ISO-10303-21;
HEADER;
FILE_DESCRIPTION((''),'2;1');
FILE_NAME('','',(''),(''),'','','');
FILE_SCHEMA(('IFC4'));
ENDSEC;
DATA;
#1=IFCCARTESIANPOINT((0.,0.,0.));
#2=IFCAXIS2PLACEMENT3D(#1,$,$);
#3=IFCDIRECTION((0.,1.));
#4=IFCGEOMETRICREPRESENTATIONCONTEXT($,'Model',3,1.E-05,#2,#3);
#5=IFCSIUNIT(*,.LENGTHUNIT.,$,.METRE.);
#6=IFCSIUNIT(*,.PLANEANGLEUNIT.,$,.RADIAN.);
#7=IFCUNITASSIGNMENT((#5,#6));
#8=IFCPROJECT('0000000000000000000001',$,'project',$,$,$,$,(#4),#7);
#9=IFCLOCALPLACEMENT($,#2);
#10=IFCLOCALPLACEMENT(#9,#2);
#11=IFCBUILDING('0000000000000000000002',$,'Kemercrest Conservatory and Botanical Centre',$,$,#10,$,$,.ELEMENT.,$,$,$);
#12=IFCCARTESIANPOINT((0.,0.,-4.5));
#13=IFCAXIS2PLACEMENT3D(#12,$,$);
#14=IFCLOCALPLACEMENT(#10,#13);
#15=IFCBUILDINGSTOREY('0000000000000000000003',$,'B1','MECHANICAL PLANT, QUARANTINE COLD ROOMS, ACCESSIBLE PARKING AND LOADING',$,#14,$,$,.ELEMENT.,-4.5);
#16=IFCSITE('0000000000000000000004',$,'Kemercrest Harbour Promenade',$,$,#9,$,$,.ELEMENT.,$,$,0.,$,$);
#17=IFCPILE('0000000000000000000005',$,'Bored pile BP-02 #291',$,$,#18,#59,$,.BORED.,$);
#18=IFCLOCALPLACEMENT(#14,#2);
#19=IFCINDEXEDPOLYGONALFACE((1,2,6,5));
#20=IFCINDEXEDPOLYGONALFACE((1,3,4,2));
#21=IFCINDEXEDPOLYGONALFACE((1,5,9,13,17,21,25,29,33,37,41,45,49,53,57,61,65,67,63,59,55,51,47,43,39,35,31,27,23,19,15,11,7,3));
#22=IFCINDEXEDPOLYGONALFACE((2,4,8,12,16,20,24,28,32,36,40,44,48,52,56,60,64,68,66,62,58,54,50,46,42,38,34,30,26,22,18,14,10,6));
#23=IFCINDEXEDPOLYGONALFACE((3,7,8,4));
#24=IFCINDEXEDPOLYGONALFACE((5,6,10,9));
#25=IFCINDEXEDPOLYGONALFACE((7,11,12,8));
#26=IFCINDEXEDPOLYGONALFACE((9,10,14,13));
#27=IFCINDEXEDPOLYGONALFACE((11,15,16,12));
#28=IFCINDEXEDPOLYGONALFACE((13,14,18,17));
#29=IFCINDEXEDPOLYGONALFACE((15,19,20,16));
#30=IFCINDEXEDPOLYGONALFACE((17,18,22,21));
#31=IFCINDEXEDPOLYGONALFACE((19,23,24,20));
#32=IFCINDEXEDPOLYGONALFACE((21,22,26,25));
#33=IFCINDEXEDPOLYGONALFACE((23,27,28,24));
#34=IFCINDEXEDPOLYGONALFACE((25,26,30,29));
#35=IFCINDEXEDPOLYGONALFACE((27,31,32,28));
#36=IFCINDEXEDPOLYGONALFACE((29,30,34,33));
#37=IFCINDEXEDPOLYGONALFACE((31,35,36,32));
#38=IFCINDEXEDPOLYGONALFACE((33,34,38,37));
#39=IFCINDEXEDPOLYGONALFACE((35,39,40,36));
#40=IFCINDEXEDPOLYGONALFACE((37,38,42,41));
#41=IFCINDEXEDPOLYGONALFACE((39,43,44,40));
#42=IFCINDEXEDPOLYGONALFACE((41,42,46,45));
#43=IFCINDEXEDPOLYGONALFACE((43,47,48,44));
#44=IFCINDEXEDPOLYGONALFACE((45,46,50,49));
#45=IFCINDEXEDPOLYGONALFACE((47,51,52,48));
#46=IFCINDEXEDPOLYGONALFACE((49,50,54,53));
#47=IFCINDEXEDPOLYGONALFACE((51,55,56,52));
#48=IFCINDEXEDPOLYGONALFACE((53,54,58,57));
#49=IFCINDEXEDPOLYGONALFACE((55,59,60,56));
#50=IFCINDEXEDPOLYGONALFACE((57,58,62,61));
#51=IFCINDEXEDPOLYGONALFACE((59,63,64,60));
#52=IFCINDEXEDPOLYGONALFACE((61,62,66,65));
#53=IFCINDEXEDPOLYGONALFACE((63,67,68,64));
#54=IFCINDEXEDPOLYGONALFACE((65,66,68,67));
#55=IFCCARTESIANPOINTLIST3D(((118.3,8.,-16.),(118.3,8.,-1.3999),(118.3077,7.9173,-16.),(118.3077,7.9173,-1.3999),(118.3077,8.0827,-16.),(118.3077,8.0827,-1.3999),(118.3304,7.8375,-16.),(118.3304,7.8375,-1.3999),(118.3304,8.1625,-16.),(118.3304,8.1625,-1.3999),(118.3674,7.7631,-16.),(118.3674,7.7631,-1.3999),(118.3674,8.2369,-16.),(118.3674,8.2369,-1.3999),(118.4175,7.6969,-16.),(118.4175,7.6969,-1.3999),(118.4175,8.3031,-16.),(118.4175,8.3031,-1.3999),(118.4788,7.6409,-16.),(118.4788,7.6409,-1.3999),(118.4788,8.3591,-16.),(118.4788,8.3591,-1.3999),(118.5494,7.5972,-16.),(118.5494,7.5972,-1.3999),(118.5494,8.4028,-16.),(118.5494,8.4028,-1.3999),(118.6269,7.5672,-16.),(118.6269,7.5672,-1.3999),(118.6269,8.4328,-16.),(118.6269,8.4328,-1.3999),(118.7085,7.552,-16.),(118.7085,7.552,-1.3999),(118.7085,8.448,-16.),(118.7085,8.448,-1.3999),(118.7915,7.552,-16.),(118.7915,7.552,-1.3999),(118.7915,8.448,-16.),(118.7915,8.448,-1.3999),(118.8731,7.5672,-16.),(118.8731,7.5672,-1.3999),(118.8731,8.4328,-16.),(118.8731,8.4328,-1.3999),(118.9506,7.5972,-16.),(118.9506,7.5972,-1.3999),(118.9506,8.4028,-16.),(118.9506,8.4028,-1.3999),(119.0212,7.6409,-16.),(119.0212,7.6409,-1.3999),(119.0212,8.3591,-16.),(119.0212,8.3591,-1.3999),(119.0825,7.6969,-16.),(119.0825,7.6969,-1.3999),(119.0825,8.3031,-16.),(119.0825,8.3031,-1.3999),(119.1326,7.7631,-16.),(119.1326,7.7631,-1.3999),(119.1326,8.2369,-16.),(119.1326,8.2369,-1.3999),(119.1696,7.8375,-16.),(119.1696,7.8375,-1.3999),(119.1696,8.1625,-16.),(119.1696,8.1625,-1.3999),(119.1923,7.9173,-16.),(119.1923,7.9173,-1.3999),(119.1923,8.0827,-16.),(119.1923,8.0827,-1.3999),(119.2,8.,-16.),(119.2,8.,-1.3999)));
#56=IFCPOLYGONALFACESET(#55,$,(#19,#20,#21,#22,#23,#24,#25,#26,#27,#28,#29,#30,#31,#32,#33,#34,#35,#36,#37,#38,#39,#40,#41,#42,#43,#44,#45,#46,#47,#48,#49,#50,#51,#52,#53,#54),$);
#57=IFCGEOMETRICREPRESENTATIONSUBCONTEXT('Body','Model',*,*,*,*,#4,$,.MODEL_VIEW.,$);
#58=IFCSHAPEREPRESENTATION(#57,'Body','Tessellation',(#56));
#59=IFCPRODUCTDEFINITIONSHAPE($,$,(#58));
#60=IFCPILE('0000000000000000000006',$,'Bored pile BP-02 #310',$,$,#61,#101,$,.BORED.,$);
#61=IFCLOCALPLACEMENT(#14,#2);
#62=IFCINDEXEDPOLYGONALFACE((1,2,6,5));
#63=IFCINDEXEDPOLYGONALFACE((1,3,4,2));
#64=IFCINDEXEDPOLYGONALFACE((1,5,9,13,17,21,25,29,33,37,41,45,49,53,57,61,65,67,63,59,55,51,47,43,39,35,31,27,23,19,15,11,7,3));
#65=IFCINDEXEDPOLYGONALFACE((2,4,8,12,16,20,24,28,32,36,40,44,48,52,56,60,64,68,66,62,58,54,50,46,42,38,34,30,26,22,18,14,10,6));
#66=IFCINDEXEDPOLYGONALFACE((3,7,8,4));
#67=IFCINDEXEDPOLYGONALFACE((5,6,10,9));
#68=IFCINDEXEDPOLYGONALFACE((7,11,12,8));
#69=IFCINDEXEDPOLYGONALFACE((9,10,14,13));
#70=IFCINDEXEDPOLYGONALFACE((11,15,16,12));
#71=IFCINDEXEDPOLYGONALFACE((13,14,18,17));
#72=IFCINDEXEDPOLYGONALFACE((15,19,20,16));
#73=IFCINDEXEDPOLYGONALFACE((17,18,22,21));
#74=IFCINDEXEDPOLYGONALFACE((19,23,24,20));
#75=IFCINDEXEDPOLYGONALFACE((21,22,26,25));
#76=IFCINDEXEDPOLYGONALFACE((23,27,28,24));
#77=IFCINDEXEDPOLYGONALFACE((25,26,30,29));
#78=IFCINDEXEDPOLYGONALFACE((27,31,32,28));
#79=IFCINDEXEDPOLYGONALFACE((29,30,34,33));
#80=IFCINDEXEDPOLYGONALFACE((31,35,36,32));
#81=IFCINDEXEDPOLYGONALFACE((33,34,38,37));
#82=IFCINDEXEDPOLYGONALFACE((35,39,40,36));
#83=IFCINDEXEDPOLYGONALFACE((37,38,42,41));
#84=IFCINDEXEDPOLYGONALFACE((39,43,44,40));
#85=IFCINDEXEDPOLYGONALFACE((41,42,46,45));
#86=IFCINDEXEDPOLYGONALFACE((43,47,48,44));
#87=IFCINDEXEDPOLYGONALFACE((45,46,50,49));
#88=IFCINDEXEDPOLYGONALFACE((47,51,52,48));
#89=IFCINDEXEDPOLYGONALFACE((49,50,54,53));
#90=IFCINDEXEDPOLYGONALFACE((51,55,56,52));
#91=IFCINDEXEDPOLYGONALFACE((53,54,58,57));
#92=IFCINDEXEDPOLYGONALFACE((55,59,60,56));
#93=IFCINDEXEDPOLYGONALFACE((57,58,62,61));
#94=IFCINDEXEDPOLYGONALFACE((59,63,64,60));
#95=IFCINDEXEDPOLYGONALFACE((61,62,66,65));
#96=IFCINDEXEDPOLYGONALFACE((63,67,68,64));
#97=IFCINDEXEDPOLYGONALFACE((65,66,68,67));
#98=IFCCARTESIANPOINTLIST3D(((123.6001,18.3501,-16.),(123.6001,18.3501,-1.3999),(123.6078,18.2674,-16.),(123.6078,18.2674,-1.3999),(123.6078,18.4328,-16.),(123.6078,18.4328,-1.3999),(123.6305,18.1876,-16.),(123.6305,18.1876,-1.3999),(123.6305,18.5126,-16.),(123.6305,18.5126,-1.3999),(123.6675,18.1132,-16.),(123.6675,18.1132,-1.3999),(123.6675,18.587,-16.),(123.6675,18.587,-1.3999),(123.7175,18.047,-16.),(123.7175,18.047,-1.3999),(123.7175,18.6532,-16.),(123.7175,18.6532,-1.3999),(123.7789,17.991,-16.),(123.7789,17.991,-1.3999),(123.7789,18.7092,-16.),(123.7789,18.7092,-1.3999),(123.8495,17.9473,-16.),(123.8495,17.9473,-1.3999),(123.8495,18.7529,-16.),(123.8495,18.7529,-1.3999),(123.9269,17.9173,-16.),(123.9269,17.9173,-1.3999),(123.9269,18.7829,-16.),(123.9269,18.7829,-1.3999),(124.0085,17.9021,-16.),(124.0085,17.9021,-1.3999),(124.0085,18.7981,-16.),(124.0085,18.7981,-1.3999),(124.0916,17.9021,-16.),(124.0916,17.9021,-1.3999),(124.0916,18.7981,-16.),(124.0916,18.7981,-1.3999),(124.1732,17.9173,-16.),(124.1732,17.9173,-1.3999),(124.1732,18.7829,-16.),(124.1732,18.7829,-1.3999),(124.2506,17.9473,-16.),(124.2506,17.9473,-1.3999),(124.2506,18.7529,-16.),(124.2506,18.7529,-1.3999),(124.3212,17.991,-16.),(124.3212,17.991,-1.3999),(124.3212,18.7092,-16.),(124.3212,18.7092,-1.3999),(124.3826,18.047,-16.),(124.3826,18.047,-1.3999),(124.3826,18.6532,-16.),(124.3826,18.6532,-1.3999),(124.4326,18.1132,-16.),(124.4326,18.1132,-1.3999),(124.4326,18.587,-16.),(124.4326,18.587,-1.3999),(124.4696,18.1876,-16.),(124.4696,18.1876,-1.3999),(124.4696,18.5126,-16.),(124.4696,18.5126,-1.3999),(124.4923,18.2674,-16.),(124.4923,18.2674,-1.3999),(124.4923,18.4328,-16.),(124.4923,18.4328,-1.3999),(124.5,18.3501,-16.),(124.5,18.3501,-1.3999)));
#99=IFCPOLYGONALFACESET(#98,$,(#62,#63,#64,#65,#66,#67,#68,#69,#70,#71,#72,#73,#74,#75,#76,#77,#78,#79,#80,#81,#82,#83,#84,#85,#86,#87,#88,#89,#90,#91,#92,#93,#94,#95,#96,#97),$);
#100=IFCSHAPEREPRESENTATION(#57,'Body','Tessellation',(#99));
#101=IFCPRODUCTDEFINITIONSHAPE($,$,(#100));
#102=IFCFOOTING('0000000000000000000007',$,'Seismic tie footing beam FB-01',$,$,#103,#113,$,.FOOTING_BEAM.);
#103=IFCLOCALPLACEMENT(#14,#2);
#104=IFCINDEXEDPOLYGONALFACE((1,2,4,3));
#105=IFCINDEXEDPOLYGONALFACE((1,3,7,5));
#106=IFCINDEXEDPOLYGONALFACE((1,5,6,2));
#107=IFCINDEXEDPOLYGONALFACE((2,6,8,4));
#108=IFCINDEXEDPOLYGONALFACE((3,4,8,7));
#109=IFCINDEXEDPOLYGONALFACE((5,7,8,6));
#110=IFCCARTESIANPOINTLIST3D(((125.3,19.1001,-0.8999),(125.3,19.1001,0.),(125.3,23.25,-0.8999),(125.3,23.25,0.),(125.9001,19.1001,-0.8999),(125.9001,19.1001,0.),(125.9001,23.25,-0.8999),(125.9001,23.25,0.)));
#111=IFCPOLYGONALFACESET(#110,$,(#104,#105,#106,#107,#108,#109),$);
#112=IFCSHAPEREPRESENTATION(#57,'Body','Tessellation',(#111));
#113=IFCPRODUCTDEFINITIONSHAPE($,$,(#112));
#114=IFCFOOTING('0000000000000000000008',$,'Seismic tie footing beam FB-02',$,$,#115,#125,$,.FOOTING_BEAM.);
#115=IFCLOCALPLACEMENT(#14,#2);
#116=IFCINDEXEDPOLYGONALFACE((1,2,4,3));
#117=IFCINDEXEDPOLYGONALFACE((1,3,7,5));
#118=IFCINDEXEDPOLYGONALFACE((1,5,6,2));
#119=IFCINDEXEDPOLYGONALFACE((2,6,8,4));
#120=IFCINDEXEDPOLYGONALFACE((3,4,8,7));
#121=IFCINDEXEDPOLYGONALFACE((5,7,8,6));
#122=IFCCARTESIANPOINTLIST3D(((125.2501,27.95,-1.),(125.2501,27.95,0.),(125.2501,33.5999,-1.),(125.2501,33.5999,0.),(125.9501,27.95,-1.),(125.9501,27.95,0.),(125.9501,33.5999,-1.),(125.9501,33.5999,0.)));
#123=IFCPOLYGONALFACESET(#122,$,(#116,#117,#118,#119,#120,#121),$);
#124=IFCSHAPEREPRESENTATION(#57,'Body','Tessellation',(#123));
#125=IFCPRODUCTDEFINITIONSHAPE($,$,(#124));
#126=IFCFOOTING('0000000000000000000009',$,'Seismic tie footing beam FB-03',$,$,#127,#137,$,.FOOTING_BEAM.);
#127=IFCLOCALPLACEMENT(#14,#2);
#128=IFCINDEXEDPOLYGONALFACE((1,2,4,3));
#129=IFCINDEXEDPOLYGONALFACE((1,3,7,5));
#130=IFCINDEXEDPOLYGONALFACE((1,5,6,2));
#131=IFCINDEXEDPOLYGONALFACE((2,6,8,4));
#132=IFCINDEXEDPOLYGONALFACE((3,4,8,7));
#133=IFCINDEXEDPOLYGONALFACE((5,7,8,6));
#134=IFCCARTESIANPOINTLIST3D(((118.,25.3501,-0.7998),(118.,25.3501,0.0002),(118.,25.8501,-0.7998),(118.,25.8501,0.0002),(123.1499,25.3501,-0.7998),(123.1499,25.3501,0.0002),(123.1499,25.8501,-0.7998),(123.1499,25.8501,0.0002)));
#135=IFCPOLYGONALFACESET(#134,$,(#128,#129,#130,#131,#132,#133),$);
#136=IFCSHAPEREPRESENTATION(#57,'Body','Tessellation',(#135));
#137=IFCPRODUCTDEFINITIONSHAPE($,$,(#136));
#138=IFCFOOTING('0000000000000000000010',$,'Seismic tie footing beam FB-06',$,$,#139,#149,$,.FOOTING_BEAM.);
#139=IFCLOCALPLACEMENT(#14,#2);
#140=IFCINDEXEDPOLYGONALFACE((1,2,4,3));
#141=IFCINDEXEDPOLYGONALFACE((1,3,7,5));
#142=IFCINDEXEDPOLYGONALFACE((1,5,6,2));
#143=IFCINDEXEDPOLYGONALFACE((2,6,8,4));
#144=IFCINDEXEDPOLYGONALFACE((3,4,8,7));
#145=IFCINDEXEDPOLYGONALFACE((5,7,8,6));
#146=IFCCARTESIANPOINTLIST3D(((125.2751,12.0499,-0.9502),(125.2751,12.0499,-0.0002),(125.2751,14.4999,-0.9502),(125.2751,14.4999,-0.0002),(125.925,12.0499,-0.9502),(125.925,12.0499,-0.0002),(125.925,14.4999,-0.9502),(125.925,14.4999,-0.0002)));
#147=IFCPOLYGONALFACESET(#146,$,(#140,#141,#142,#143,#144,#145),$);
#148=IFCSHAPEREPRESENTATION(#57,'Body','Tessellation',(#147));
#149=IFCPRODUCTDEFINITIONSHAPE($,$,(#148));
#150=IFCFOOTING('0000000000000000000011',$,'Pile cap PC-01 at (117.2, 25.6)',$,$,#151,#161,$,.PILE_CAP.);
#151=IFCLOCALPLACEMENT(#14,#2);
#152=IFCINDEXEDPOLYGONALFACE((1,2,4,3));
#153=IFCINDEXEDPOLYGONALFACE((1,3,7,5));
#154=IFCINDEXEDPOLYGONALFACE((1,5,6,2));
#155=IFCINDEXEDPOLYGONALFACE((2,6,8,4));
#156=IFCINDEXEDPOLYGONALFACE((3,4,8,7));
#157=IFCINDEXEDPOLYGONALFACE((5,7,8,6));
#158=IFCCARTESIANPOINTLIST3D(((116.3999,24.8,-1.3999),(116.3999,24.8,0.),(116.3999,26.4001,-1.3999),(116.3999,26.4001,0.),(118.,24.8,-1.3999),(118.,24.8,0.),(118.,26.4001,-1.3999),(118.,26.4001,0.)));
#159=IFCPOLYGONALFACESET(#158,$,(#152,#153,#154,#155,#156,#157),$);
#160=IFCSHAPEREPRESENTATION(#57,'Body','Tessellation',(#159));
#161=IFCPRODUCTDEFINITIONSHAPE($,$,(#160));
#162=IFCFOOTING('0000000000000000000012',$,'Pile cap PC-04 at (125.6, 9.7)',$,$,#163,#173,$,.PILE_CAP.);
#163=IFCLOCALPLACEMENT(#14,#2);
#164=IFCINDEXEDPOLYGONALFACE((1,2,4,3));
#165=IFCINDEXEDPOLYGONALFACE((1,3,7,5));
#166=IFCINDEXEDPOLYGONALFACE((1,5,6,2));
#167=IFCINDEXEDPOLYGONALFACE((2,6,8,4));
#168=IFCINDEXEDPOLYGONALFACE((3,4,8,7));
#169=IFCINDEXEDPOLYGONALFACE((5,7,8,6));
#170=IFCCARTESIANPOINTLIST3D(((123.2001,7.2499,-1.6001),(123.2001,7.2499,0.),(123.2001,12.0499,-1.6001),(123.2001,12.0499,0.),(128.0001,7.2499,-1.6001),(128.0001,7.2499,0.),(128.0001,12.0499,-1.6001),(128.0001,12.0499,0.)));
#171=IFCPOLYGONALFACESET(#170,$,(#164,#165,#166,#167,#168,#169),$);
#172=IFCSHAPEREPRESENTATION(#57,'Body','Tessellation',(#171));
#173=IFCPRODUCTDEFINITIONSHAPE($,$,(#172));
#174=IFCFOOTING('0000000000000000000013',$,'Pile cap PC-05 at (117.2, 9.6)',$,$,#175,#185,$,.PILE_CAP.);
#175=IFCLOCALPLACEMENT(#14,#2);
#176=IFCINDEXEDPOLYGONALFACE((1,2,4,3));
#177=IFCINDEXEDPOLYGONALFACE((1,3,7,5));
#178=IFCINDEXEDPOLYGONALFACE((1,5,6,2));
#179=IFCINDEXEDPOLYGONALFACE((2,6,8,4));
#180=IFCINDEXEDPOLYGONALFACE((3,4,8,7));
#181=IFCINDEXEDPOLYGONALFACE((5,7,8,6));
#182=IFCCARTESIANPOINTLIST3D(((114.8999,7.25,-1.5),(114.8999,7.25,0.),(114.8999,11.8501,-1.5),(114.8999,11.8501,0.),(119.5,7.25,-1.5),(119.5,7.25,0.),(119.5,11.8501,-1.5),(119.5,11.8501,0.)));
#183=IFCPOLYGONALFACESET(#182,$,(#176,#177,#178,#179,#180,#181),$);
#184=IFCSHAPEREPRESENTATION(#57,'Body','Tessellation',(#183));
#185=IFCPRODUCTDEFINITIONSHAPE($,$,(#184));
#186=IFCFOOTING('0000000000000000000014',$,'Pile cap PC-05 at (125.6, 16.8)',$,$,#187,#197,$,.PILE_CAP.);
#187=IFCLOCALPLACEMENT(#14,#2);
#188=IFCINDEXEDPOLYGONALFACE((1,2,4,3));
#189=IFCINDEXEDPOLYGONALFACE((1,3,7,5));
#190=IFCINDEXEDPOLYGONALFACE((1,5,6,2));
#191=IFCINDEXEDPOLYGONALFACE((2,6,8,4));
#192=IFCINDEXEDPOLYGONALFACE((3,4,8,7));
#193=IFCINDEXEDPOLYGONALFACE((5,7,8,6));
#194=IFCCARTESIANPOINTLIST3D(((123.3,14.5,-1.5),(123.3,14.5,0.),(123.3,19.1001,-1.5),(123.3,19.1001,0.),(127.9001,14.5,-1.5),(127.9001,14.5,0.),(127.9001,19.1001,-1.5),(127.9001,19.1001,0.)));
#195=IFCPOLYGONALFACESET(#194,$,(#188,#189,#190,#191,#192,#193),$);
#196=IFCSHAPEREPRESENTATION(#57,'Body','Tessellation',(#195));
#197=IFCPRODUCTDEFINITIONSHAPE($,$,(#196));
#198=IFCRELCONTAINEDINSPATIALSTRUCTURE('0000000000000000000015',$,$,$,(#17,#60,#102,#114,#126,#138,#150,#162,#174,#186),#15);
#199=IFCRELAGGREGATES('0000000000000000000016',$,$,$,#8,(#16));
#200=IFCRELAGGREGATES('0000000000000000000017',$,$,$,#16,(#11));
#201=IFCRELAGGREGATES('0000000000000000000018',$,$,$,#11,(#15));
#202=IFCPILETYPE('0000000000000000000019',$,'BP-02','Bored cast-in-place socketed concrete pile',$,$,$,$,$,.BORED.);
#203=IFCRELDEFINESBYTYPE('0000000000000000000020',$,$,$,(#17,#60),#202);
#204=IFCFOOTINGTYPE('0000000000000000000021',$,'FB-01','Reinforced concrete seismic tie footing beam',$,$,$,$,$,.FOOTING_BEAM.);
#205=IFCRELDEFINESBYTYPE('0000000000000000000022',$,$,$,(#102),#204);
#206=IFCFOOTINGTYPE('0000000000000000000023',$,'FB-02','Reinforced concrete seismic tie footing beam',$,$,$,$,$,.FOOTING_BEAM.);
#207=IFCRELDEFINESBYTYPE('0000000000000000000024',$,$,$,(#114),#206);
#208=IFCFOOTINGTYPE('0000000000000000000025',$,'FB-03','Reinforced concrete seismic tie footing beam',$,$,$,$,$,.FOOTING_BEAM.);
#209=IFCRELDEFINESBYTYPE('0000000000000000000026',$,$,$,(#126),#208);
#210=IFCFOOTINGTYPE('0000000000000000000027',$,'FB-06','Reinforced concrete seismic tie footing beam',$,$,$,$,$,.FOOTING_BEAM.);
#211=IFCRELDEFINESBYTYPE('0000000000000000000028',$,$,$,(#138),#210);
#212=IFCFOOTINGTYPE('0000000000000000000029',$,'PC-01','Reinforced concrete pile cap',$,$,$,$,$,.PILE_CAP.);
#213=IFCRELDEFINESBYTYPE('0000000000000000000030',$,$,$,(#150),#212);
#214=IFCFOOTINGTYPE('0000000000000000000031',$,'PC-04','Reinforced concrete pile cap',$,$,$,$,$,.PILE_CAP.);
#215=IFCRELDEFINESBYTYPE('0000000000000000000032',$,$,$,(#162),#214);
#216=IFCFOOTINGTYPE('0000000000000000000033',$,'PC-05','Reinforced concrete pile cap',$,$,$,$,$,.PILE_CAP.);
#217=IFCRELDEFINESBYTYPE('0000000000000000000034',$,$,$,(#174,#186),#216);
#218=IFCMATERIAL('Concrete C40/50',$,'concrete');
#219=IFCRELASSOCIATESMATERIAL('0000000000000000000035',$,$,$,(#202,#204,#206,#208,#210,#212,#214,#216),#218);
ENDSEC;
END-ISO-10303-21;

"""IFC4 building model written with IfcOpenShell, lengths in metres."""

from ifc_helpers import new_model, si_unit, direction, frame, origin, origin_2d, place, context, subcontext, project, spatial, rectangle, circle, extrude, material, material_profile, profile_set, type_object, element, save


model = new_model("IFC4")

# Units and contexts
model_context = context("Model", 3, precision=1e-05, world=origin(), true_north=direction((0.0, 1.0)))
body_context = subcontext(model_context, "Body", "Model", "MODEL_VIEW")
ifc_project = project(units=[si_unit("LENGTHUNIT", "METRE"), si_unit("PLANEANGLEUNIT", "RADIAN")], contexts=[model_context])

# Site, building, storey
site_placement = place(None, origin())
site = spatial("IfcSite", under=ifc_project, at=site_placement, Name="Kemercrest Harbour Promenade", CompositionType="ELEMENT", RefElevation=0.0)
building_placement = place(site_placement, origin())
building = spatial("IfcBuilding", under=site, at=building_placement, Name="Kemercrest Conservatory and Botanical Centre", CompositionType="ELEMENT")
storey_placement = place(building_placement, frame((0.0, 0.0, -4.5)))
storey = spatial("IfcBuildingStorey", under=building, at=storey_placement, Name="B1", Description="MECHANICAL PLANT, QUARANTINE COLD ROOMS, ACCESSIBLE PARKING AND LOADING", CompositionType="ELEMENT", Elevation=-4.5)

# Piles
ifc_material_1 = material(Name="Concrete C40/50", Category="concrete")
ifc_material_profile_1 = material_profile(ifc_material_1, circle(Radius=0.45, at=origin_2d()), Name="BORED PILE 900")
ifc_profile_set_1 = profile_set([ifc_material_profile_1], Name="Concrete C40/50")
pile_type_1 = type_object("IfcPileType", Name="BP-02", Description="Bored cast-in-place socketed concrete pile", PredefinedType="BORED", material=ifc_profile_set_1)
for number, where, z_axis, x_axis, name in (
    (1, (118.75, 8.0, -1.3999), (0.0, 0.0, -1.0), (1.0, 0.0, 0.0), "Bored pile BP-02 #291"),
    (2, (124.05, 18.3501, -1.3999), (0.0, 0.0, -1.0), (1.0, 0.0, 0.0), "Bored pile BP-02 #310"),
):
    element("IfcPile", number, at=place(storey_placement, frame(where, z_axis=z_axis, x_axis=x_axis)), inside=storey, type_object=pile_type_1, Name=name, PredefinedType="BORED", context=body_context, shape_type="SweptSolid", body=[
        extrude(circle(Radius=0.45, at=origin_2d()), origin(), (0.0, 0.0, 1.0), 14.6001),
    ])

# Footings
footing_type_1 = type_object("IfcFootingType", Name="FB-01", Description="Reinforced concrete seismic tie footing beam", PredefinedType="FOOTING_BEAM", material=ifc_material_1)
footing_1_placement = place(storey_placement, frame((125.6001, 21.175, -0.8999), z_axis=(0.0, 0.0, 1.0), x_axis=(1.0, 0.0, 0.0)))
element("IfcFooting", 3, at=footing_1_placement, inside=storey, type_object=footing_type_1, Name="Seismic tie footing beam FB-01", PredefinedType="FOOTING_BEAM", context=body_context, shape_type="SweptSolid", body=[
    extrude(rectangle(XDim=0.6001, YDim=4.1499, at=origin_2d()), origin(), (0.0, 0.0, 1.0), 0.8999),
])
footing_type_2 = type_object("IfcFootingType", Name="FB-02", Description="Reinforced concrete seismic tie footing beam", PredefinedType="FOOTING_BEAM", material=ifc_material_1)
footing_2_placement = place(storey_placement, frame((125.6001, 30.7749, -1.0), z_axis=(0.0, 0.0, 1.0), x_axis=(1.0, 0.0, 0.0)))
element("IfcFooting", 4, at=footing_2_placement, inside=storey, type_object=footing_type_2, Name="Seismic tie footing beam FB-02", PredefinedType="FOOTING_BEAM", context=body_context, shape_type="SweptSolid", body=[
    extrude(rectangle(XDim=0.7, YDim=5.6499, at=origin_2d()), origin(), (0.0, 0.0, 1.0), 1.0),
])
footing_type_3 = type_object("IfcFootingType", Name="FB-03", Description="Reinforced concrete seismic tie footing beam", PredefinedType="FOOTING_BEAM", material=ifc_material_1)
footing_3_placement = place(storey_placement, frame((120.575, 25.6001, -0.7998), z_axis=(0.0, 0.0, 1.0), x_axis=(1.0, 0.0, 0.0)))
element("IfcFooting", 5, at=footing_3_placement, inside=storey, type_object=footing_type_3, Name="Seismic tie footing beam FB-03", PredefinedType="FOOTING_BEAM", context=body_context, shape_type="SweptSolid", body=[
    extrude(rectangle(XDim=5.1499, YDim=0.5, at=origin_2d()), origin(), (0.0, 0.0, 1.0), 0.8),
])
footing_type_4 = type_object("IfcFootingType", Name="FB-06", Description="Reinforced concrete seismic tie footing beam", PredefinedType="FOOTING_BEAM", material=ifc_material_1)
footing_4_placement = place(storey_placement, frame((125.6001, 13.2749, -0.9502), z_axis=(0.0, 0.0, 1.0), x_axis=(1.0, 0.0, 0.0)))
element("IfcFooting", 6, at=footing_4_placement, inside=storey, type_object=footing_type_4, Name="Seismic tie footing beam FB-06", PredefinedType="FOOTING_BEAM", context=body_context, shape_type="SweptSolid", body=[
    extrude(rectangle(XDim=0.6499, YDim=2.45, at=origin_2d()), origin(), (0.0, 0.0, 1.0), 0.95),
])
footing_type_5 = type_object("IfcFootingType", Name="PC-01", Description="Reinforced concrete pile cap", PredefinedType="PILE_CAP", material=ifc_material_1)
footing_5_placement = place(storey_placement, frame((117.2, 25.6001, -1.3999), z_axis=(0.0, 0.0, 1.0), x_axis=(1.0, 0.0, 0.0)))
element("IfcFooting", 7, at=footing_5_placement, inside=storey, type_object=footing_type_5, Name="Pile cap PC-01 at (117.2, 25.6)", PredefinedType="PILE_CAP", context=body_context, shape_type="SweptSolid", body=[
    extrude(rectangle(XDim=1.6001, YDim=1.6001, at=origin_2d()), origin(), (0.0, 0.0, 1.0), 1.3999),
])
footing_type_6 = type_object("IfcFootingType", Name="PC-04", Description="Reinforced concrete pile cap", PredefinedType="PILE_CAP", material=ifc_material_1)
footing_6_placement = place(storey_placement, frame((125.6001, 9.6499, -1.6001), z_axis=(0.0, 0.0, 1.0), x_axis=(1.0, 0.0, 0.0)))
element("IfcFooting", 8, at=footing_6_placement, inside=storey, type_object=footing_type_6, Name="Pile cap PC-04 at (125.6, 9.7)", PredefinedType="PILE_CAP", context=body_context, shape_type="SweptSolid", body=[
    extrude(rectangle(XDim=4.8, YDim=4.8, at=origin_2d()), origin(), (0.0, 0.0, 1.0), 1.6001),
])
footing_type_7 = type_object("IfcFootingType", Name="PC-05", Description="Reinforced concrete pile cap", PredefinedType="PILE_CAP", material=ifc_material_1)
for number, where, z_axis, x_axis, name in (
    (9, (117.2, 9.55, -1.5), (0.0, 0.0, 1.0), (1.0, 0.0, 0.0), "Pile cap PC-05 at (117.2, 9.6)"),
    (10, (125.6001, 16.8, -1.5), (0.0, 0.0, 1.0), (1.0, 0.0, 0.0), "Pile cap PC-05 at (125.6, 16.8)"),
):
    element("IfcFooting", number, at=place(storey_placement, frame(where, z_axis=z_axis, x_axis=x_axis)), inside=storey, type_object=footing_type_7, Name=name, PredefinedType="PILE_CAP", context=body_context, shape_type="SweptSolid", body=[
        extrude(rectangle(XDim=4.6001, YDim=4.6001, at=origin_2d()), origin(), (0.0, 0.0, 1.0), 1.5),
    ])

save(model, "model.ifc")
